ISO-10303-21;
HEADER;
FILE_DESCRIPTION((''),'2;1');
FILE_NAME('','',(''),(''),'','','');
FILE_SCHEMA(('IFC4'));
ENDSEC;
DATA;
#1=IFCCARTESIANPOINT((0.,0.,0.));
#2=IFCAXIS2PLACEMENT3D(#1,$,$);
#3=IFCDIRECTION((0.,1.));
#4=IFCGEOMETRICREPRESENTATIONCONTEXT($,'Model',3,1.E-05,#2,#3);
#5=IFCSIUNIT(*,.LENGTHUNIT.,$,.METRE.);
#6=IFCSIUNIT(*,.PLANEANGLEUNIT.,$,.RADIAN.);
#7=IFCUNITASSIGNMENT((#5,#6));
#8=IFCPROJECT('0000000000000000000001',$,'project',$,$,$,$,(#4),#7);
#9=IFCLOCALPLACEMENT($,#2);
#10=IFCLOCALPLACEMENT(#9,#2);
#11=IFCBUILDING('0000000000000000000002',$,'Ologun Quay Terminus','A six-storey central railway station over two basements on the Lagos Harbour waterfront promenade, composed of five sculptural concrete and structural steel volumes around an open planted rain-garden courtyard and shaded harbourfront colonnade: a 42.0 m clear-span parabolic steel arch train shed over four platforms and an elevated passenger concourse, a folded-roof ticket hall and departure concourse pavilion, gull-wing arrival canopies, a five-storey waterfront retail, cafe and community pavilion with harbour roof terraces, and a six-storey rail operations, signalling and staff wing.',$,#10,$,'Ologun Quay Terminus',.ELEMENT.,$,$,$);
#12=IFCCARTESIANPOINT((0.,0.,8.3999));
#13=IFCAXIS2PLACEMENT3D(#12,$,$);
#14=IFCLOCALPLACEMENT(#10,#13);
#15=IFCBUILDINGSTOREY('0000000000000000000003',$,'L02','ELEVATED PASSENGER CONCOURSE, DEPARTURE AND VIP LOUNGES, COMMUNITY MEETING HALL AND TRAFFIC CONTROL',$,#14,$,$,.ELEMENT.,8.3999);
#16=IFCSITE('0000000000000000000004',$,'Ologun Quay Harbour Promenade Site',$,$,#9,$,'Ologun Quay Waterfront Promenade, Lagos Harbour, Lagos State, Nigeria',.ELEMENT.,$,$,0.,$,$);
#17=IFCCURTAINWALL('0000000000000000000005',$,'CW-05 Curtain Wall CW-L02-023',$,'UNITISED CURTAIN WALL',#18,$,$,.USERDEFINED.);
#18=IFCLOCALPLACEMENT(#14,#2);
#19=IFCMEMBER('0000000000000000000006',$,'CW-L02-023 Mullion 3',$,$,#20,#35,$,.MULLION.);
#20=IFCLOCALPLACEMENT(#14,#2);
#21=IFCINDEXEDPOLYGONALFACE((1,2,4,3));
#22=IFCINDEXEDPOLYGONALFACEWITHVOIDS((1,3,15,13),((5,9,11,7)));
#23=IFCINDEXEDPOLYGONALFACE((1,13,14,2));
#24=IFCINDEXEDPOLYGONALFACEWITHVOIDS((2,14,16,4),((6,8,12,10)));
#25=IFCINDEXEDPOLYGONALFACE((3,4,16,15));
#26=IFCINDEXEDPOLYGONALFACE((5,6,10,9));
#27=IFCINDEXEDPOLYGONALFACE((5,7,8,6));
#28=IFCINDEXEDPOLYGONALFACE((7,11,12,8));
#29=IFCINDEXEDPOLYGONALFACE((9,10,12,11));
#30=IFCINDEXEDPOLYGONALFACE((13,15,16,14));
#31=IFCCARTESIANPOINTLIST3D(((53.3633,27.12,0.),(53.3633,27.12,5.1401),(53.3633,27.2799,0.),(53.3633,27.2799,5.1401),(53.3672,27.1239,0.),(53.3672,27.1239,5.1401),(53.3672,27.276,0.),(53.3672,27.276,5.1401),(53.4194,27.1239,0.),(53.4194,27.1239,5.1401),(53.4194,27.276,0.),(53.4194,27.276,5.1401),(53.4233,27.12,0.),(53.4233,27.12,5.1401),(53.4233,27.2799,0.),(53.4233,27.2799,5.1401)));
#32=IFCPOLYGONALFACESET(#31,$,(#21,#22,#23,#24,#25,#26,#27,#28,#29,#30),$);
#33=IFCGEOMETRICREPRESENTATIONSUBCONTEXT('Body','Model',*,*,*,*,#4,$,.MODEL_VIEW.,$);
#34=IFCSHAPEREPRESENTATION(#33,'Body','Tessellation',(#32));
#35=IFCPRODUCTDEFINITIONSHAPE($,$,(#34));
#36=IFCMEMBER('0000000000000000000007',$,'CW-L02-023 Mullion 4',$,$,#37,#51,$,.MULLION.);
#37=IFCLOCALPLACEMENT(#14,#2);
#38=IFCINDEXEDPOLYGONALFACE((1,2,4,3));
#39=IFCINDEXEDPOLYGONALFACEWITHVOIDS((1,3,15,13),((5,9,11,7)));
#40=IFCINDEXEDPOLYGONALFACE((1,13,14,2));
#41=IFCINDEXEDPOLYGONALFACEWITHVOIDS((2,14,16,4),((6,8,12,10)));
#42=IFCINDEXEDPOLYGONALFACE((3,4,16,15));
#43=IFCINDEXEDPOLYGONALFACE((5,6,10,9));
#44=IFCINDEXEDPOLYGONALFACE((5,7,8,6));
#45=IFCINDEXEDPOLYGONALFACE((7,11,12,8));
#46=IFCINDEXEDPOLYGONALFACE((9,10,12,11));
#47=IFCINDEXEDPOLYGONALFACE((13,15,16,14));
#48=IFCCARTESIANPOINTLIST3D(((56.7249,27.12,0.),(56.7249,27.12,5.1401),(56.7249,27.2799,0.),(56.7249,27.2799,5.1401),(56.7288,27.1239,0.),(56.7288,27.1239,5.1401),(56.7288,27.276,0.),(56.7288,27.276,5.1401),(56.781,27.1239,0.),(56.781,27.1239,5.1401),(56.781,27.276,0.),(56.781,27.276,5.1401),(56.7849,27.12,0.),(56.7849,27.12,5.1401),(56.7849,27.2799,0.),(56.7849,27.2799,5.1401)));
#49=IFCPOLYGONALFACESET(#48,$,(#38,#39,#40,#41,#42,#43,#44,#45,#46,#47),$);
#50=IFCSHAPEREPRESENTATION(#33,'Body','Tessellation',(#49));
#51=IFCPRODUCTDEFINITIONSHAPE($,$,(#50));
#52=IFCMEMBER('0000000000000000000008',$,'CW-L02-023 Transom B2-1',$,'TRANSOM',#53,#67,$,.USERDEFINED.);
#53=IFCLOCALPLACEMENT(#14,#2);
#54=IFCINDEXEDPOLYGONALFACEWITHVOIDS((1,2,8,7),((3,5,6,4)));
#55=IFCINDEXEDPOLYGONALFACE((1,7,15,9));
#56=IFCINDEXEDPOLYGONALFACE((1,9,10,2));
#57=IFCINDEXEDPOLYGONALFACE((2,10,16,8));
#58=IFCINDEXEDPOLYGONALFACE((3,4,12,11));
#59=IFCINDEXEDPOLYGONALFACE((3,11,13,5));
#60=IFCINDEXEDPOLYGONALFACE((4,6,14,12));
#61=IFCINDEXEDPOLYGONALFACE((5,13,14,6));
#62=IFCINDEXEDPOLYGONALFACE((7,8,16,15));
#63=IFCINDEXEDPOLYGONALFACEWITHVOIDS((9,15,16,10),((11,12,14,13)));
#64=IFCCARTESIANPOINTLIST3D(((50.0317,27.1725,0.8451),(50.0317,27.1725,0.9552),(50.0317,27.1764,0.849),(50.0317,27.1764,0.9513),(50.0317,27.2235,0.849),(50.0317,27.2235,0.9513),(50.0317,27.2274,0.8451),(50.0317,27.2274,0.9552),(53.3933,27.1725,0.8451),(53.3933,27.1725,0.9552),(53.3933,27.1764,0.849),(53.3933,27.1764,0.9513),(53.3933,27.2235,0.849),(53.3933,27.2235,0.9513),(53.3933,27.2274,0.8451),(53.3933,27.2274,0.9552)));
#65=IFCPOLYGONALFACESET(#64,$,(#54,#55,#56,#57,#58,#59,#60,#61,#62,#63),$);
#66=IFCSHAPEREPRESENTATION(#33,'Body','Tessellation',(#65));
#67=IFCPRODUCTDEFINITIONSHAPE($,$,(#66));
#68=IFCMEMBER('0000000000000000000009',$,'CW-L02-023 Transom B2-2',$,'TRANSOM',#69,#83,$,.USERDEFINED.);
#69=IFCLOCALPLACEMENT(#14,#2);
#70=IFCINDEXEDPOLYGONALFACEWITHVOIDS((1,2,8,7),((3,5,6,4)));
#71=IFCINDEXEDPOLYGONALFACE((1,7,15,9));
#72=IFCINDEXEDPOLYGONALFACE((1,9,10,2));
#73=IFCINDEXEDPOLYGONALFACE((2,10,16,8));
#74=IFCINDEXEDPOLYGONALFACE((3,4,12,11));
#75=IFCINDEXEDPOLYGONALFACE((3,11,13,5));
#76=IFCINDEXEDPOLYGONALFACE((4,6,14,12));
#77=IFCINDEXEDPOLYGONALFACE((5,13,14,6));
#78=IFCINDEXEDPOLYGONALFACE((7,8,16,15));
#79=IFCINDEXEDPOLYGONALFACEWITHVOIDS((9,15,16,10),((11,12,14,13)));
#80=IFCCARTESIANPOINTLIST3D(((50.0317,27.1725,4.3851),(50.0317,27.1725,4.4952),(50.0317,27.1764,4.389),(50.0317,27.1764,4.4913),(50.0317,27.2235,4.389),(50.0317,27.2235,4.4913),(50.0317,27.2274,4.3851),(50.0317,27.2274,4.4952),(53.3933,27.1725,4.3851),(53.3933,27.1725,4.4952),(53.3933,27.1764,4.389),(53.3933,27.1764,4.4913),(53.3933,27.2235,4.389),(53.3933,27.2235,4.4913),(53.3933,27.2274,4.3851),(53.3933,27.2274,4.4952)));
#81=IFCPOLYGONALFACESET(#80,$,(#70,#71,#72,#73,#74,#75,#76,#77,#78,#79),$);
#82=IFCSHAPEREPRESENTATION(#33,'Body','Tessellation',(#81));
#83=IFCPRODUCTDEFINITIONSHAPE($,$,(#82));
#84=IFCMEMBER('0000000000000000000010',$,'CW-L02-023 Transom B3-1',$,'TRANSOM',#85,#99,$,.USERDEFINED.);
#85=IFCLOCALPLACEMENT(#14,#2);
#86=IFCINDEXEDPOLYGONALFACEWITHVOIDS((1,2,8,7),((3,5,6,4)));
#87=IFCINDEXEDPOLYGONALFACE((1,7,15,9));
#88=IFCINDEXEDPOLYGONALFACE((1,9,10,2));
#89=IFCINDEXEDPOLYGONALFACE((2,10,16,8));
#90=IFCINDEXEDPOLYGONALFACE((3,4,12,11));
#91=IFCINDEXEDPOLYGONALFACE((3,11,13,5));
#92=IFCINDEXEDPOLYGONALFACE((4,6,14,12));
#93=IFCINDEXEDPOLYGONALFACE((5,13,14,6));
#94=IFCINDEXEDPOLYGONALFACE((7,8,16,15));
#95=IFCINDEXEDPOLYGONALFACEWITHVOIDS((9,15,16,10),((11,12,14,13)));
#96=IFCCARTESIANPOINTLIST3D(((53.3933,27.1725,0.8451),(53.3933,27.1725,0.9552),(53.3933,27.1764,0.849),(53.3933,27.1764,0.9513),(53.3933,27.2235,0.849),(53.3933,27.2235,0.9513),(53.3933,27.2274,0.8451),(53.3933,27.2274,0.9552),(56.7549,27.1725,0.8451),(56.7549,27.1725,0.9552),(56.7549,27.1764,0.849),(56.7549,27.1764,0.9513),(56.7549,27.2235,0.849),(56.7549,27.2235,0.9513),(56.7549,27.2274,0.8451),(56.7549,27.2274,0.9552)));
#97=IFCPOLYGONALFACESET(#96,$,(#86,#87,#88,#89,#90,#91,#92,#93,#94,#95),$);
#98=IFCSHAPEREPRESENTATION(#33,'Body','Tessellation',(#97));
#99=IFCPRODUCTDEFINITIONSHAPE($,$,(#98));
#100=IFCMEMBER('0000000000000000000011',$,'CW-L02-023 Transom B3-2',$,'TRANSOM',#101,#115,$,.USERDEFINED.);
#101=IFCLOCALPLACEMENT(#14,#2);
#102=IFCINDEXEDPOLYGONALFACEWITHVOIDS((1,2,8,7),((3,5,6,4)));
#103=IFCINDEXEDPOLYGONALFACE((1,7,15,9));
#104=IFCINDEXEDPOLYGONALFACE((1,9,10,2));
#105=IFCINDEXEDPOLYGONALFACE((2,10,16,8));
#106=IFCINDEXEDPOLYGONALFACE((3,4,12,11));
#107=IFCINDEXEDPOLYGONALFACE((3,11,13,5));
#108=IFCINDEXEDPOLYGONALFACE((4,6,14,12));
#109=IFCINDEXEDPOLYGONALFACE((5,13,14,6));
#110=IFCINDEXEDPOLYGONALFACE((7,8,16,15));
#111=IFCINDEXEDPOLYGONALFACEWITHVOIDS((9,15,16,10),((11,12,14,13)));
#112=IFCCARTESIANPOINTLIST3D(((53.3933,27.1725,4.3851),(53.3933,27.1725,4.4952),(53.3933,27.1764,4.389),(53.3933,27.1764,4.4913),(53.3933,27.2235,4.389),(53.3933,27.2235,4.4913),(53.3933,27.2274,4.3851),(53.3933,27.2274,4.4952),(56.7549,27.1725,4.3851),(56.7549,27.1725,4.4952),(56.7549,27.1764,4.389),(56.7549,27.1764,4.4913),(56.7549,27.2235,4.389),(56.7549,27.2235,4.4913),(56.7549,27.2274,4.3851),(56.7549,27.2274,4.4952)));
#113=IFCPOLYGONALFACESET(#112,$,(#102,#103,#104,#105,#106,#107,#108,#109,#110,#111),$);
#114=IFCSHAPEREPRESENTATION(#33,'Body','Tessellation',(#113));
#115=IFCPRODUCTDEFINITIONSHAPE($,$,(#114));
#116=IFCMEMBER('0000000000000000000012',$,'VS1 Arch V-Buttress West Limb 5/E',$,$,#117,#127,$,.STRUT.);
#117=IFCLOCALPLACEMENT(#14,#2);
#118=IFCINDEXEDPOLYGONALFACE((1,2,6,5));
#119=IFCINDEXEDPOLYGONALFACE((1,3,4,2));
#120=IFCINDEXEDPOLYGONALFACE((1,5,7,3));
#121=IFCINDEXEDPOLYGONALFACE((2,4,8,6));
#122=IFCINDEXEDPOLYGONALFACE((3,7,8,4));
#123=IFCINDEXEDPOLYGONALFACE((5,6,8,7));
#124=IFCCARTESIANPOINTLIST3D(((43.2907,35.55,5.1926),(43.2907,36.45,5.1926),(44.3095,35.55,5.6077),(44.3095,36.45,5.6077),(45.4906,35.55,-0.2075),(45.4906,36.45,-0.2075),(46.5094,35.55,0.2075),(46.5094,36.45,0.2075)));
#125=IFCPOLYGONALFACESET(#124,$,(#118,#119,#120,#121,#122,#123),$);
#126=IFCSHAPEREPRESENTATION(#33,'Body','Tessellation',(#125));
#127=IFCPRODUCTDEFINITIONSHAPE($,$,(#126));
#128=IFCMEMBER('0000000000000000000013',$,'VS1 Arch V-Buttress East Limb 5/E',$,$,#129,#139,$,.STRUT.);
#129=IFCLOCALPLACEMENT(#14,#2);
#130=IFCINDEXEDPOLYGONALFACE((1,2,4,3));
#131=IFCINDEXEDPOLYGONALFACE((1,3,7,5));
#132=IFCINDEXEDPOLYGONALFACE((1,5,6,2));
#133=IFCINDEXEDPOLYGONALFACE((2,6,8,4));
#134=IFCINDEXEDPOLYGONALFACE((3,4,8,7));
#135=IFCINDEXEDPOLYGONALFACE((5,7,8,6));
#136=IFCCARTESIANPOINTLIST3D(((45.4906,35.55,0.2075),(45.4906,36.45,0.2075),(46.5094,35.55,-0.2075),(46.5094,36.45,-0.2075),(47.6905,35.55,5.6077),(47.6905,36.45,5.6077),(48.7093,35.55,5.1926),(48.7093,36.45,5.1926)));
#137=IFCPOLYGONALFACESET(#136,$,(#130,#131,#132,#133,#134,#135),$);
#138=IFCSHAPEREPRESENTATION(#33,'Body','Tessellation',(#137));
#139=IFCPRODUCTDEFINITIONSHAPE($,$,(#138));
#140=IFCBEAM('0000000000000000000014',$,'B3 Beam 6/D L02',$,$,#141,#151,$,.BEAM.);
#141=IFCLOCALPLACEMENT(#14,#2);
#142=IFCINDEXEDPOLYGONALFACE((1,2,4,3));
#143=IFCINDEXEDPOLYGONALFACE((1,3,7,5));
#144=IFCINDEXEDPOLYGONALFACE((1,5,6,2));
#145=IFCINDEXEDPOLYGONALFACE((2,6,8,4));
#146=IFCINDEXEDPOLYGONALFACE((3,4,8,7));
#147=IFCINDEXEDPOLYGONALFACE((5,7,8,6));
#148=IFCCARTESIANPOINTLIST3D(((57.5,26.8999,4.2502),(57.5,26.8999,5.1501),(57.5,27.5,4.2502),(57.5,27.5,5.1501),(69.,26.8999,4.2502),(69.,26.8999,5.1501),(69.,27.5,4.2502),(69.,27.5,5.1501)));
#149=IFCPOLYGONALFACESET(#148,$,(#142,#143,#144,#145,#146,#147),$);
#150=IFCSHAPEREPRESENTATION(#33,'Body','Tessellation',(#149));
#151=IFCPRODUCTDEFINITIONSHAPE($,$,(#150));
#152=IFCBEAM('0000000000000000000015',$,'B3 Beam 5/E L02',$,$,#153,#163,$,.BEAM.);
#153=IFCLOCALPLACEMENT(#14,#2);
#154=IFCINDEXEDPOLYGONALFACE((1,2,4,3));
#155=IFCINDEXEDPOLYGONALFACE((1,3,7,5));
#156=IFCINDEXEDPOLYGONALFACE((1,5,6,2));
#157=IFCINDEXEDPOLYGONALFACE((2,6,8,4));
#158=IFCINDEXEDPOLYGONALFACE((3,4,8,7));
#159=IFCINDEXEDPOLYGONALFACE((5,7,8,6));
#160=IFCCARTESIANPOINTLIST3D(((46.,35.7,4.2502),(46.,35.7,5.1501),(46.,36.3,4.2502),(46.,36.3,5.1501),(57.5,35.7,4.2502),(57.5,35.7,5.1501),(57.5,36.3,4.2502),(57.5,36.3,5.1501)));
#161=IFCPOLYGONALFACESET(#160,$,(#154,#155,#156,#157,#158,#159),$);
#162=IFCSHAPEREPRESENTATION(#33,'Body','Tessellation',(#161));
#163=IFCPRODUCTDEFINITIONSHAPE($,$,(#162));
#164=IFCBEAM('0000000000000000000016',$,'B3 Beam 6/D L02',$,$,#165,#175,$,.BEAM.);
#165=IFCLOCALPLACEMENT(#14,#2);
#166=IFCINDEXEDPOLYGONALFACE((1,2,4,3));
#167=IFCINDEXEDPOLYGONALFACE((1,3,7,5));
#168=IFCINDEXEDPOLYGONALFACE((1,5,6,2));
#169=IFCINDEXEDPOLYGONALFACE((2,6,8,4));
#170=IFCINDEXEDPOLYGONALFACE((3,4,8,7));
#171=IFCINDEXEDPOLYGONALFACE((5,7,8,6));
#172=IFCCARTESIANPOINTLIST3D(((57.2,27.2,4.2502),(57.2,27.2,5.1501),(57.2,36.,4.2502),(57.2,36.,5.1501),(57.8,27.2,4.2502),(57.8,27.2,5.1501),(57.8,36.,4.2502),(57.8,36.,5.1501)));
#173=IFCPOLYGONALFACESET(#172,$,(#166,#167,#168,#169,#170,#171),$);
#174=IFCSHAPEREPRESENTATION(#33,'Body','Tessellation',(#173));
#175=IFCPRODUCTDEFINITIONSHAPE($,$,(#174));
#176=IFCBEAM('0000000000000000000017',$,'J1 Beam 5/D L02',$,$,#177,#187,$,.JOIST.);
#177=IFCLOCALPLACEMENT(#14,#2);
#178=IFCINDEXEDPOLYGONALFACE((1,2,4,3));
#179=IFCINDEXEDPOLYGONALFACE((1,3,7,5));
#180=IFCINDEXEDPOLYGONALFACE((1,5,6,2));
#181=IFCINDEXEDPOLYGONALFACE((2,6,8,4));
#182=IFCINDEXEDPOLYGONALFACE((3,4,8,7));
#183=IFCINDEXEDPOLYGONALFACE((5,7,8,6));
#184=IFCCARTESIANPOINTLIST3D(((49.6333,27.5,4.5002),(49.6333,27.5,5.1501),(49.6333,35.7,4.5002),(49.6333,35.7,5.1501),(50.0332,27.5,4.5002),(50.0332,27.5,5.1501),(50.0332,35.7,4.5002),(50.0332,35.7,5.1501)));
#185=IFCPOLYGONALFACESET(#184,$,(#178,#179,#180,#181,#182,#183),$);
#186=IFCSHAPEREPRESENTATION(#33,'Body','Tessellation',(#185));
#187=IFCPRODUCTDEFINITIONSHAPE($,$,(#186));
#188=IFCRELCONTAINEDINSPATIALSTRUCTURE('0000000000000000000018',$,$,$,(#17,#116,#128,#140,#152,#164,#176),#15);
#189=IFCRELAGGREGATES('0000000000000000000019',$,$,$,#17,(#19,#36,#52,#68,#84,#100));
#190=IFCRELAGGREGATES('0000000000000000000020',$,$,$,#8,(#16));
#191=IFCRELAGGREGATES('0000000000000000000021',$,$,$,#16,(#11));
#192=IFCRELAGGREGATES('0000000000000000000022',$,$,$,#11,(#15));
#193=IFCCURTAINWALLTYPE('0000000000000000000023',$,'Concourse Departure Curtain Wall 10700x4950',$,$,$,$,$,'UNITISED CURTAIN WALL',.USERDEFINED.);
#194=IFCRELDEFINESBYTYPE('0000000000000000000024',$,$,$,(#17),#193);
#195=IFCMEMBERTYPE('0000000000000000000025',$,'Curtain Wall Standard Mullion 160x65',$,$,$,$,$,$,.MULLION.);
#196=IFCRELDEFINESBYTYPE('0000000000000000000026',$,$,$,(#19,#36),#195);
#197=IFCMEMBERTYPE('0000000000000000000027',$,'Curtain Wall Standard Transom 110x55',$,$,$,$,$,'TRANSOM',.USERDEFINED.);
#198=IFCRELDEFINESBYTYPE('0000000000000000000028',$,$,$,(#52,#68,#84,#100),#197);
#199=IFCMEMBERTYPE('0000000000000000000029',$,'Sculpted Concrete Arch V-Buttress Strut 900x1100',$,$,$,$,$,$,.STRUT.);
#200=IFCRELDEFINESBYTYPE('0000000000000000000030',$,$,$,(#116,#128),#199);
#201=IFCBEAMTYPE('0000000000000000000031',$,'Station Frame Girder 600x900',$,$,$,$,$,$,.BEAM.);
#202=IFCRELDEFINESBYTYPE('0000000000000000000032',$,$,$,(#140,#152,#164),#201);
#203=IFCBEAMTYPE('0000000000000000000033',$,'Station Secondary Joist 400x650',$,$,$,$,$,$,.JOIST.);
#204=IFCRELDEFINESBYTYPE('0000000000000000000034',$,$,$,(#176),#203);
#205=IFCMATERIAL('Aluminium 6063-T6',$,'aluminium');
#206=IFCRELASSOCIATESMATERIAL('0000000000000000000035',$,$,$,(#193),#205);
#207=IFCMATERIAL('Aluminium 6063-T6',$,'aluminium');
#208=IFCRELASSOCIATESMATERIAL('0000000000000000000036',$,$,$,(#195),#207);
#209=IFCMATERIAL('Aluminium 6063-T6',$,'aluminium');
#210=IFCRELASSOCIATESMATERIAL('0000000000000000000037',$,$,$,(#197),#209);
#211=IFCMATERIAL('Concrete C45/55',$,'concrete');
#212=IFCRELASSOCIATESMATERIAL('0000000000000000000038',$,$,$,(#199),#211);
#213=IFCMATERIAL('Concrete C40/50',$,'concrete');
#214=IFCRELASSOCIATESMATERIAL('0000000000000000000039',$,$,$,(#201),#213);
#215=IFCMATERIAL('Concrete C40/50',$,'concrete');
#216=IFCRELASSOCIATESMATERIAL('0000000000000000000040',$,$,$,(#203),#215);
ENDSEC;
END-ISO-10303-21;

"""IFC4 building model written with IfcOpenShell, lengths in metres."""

from ifc_helpers import new_model, si_unit, direction, frame, origin, origin_2d, place, context, subcontext, project, spatial, rectangle, hollow_rectangle, extrude, material, material_profile, profile_set, type_object, element, aggregate, save


model = new_model("IFC4")

# Units and contexts
model_context = context("Model", 3, precision=1e-05, world=origin(), true_north=direction((0.0, 1.0)))
body_context = subcontext(model_context, "Body", "Model", "MODEL_VIEW")
ifc_project = project(units=[si_unit("LENGTHUNIT", "METRE"), si_unit("PLANEANGLEUNIT", "RADIAN")], contexts=[model_context])

# Site, building, storey
site_placement = place(None, origin())
site = spatial("IfcSite", under=ifc_project, at=site_placement, Name="Ologun Quay Harbour Promenade Site", LongName="Ologun Quay Waterfront Promenade, Lagos Harbour, Lagos State, Nigeria", CompositionType="ELEMENT", RefElevation=0.0)
building_placement = place(site_placement, origin())
building = spatial("IfcBuilding", under=site, at=building_placement, Name="Ologun Quay Terminus", Description="A six-storey central railway station over two basements on the Lagos Harbour waterfront promenade, composed of five sculptural concrete and structural steel volumes around an open planted rain-garden courtyard and shaded harbourfront colonnade: a 42.0 m clear-span parabolic steel arch train shed over four platforms and an elevated passenger concourse, a folded-roof ticket hall and departure concourse pavilion, gull-wing arrival canopies, a five-storey waterfront retail, cafe and community pavilion with harbour roof terraces, and a six-storey rail operations, signalling and staff wing.", LongName="Ologun Quay Terminus", CompositionType="ELEMENT")
storey_placement = place(building_placement, frame((0.0, 0.0, 8.3999)))
storey = spatial("IfcBuildingStorey", under=building, at=storey_placement, Name="L02", Description="ELEVATED PASSENGER CONCOURSE, DEPARTURE AND VIP LOUNGES, COMMUNITY MEETING HALL AND TRAFFIC CONTROL", CompositionType="ELEMENT", Elevation=8.3999)

# Curtain wall, members
ifc_material_1 = material(Name="Aluminium 6063-T6", Category="aluminium")
curtain_wall_type_1 = type_object("IfcCurtainWallType", Name="Concourse Departure Curtain Wall 10700x4950", ElementType="UNITISED CURTAIN WALL", PredefinedType="USERDEFINED", material=ifc_material_1)
curtain_wall_1_placement = place(storey_placement, origin())
curtain_wall_1 = element("IfcCurtainWall", 1, at=curtain_wall_1_placement, inside=storey, type_object=curtain_wall_type_1, Name="CW-05 Curtain Wall CW-L02-023", ObjectType="UNITISED CURTAIN WALL", PredefinedType="USERDEFINED")
ifc_material_2 = material(Name="Aluminium 6063-T6", Category="aluminium")
ifc_material_profile_1 = material_profile(ifc_material_2, hollow_rectangle(XDim=0.0601, YDim=0.1599, WallThickness=0.0039, at=origin_2d()), Name="ALU 160x60x4")
ifc_profile_set_1 = profile_set([ifc_material_profile_1], Name="Aluminium 6063-T6")
member_type_1 = type_object("IfcMemberType", Name="Curtain Wall Standard Mullion 160x65", PredefinedType="MULLION", material=ifc_profile_set_1)
member_1_placement = place(storey_placement, frame((53.3933, 27.2, 0.0), z_axis=(0.0, 0.0, 1.0), x_axis=(1.0, 0.0, 0.0)))
member_1 = element("IfcMember", 2, at=member_1_placement, type_object=member_type_1, Name="CW-L02-023 Mullion 3", PredefinedType="MULLION", context=body_context, shape_type="SweptSolid", body=[
    extrude(hollow_rectangle(XDim=0.0601, YDim=0.1599, WallThickness=0.0039, at=origin_2d()), origin(), (0.0, 0.0, 1.0), 5.1401),
])
member_2_placement = place(storey_placement, frame((56.7549, 27.2, 0.0), z_axis=(0.0, 0.0, 1.0), x_axis=(1.0, 0.0, 0.0)))
member_2 = element("IfcMember", 3, at=member_2_placement, type_object=member_type_1, Name="CW-L02-023 Mullion 4", PredefinedType="MULLION", context=body_context, shape_type="SweptSolid", body=[
    extrude(hollow_rectangle(XDim=0.0601, YDim=0.1599, WallThickness=0.0039, at=origin_2d()), origin(), (0.0, 0.0, 1.0), 5.1401),
])
ifc_material_3 = material(Name="Aluminium 6063-T6", Category="aluminium")
ifc_material_profile_2 = material_profile(ifc_material_3, hollow_rectangle(XDim=0.0549, YDim=0.1101, WallThickness=0.0039, at=origin_2d()), Name="ALU 110x55x4")
ifc_profile_set_2 = profile_set([ifc_material_profile_2], Name="Aluminium 6063-T6")
member_type_2 = type_object("IfcMemberType", Name="Curtain Wall Standard Transom 110x55", ElementType="TRANSOM", PredefinedType="USERDEFINED", material=ifc_profile_set_2)
member_3_placement = place(storey_placement, frame((50.0317, 27.2, 0.9001), z_axis=(1.0, 0.0, 0.0), x_axis=(0.0, 1.0, 0.0)))
member_3 = element("IfcMember", 4, at=member_3_placement, type_object=member_type_2, Name="CW-L02-023 Transom B2-1", ObjectType="TRANSOM", PredefinedType="USERDEFINED", context=body_context, shape_type="SweptSolid", body=[
    extrude(hollow_rectangle(XDim=0.0549, YDim=0.1101, WallThickness=0.0039, at=origin_2d()), origin(), (0.0, 0.0, 1.0), 3.3616),
])
member_4_placement = place(storey_placement, frame((50.0317, 27.2, 4.4402), z_axis=(1.0, 0.0, 0.0), x_axis=(0.0, 1.0, 0.0)))
member_4 = element("IfcMember", 5, at=member_4_placement, type_object=member_type_2, Name="CW-L02-023 Transom B2-2", ObjectType="TRANSOM", PredefinedType="USERDEFINED", context=body_context, shape_type="SweptSolid", body=[
    extrude(hollow_rectangle(XDim=0.0549, YDim=0.1101, WallThickness=0.0039, at=origin_2d()), origin(), (0.0, 0.0, 1.0), 3.3616),
])
member_5_placement = place(storey_placement, frame((53.3933, 27.2, 0.9001), z_axis=(1.0, 0.0, 0.0), x_axis=(0.0, 1.0, 0.0)))
member_5 = element("IfcMember", 6, at=member_5_placement, type_object=member_type_2, Name="CW-L02-023 Transom B3-1", ObjectType="TRANSOM", PredefinedType="USERDEFINED", context=body_context, shape_type="SweptSolid", body=[
    extrude(hollow_rectangle(XDim=0.0549, YDim=0.1101, WallThickness=0.0039, at=origin_2d()), origin(), (0.0, 0.0, 1.0), 3.3616),
])
member_6_placement = place(storey_placement, frame((53.3933, 27.2, 4.4402), z_axis=(1.0, 0.0, 0.0), x_axis=(0.0, 1.0, 0.0)))
member_6 = element("IfcMember", 7, at=member_6_placement, type_object=member_type_2, Name="CW-L02-023 Transom B3-2", ObjectType="TRANSOM", PredefinedType="USERDEFINED", context=body_context, shape_type="SweptSolid", body=[
    extrude(hollow_rectangle(XDim=0.0549, YDim=0.1101, WallThickness=0.0039, at=origin_2d()), origin(), (0.0, 0.0, 1.0), 3.3616),
])

# Members
ifc_material_4 = material(Name="Concrete C45/55", Category="concrete")
ifc_material_profile_3 = material_profile(ifc_material_4, rectangle(XDim=0.8999, YDim=1.1001, at=origin_2d()), Name="RC 900x1100")
ifc_profile_set_3 = profile_set([ifc_material_profile_3], Name="Concrete C45/55")
member_type_3 = type_object("IfcMemberType", Name="Sculpted Concrete Arch V-Buttress Strut 900x1100", PredefinedType="STRUT", material=ifc_profile_set_3)
for number, where, z_axis, x_axis, name in (
    (8, (46.0, 36.0, 0.0), (-0.377281, 0.0, 0.926099), (0.0, -1.0, 0.0), "VS1 Arch V-Buttress West Limb 5/E"),
    (9, (46.0, 36.0, 0.0), (0.377281, 0.0, 0.926099), (0.0, 1.0, 0.0), "VS1 Arch V-Buttress East Limb 5/E"),
):
    element("IfcMember", number, at=place(storey_placement, frame(where, z_axis=z_axis, x_axis=x_axis)), inside=storey, type_object=member_type_3, Name=name, PredefinedType="STRUT", context=body_context, shape_type="SweptSolid", body=[
        extrude(rectangle(XDim=0.8999, YDim=1.1001, at=origin_2d()), origin(), (0.0, 0.0, 1.0), 5.8311),
    ])

# Beams
ifc_material_5 = material(Name="Concrete C40/50", Category="concrete")
ifc_material_profile_4 = material_profile(ifc_material_5, rectangle(XDim=0.6001, YDim=0.8999, at=origin_2d()), Name="RC 600x900")
ifc_profile_set_4 = profile_set([ifc_material_profile_4], Name="Concrete C40/50")
beam_type_1 = type_object("IfcBeamType", Name="Station Frame Girder 600x900", PredefinedType="BEAM", material=ifc_profile_set_4)
for number, where, z_axis, x_axis, name in (
    (10, (57.5, 27.2, 4.7002), (1.0, 0.0, 0.0), (0.0, 1.0, 0.0), "B3 Beam 6/D L02"),
    (11, (46.0, 36.0, 4.7002), (1.0, 0.0, 0.0), (0.0, 1.0, 0.0), "B3 Beam 5/E L02"),
):
    element("IfcBeam", number, at=place(storey_placement, frame(where, z_axis=z_axis, x_axis=x_axis)), inside=storey, type_object=beam_type_1, Name=name, PredefinedType="BEAM", context=body_context, shape_type="SweptSolid", body=[
        extrude(rectangle(XDim=0.6001, YDim=0.8999, at=origin_2d()), origin(), (0.0, 0.0, 1.0), 11.5),
    ])
beam_placement = place(storey_placement, frame((57.5, 27.2, 4.7002), z_axis=(0.0, 1.0, 0.0), x_axis=(-1.0, 0.0, 0.0)))
element("IfcBeam", 12, at=beam_placement, inside=storey, type_object=beam_type_1, Name="B3 Beam 6/D L02", PredefinedType="BEAM", context=body_context, shape_type="SweptSolid", body=[
    extrude(rectangle(XDim=0.6001, YDim=0.8999, at=origin_2d()), origin(), (0.0, 0.0, 1.0), 8.8),
])
ifc_material_6 = material(Name="Concrete C40/50", Category="concrete")
ifc_material_profile_5 = material_profile(ifc_material_6, rectangle(XDim=0.3999, YDim=0.6499, at=origin_2d()), Name="RC 400x650")
ifc_profile_set_5 = profile_set([ifc_material_profile_5], Name="Concrete C40/50")
beam_type_2 = type_object("IfcBeamType", Name="Station Secondary Joist 400x650", PredefinedType="JOIST", material=ifc_profile_set_5)
for number, where, z_axis, x_axis, name in (
    (13, (49.8333, 27.5, 4.8252), (0.0, 1.0, 0.0), (-1.0, 0.0, 0.0), "J1 Beam 5/D L02"),
):
    element("IfcBeam", number, at=place(storey_placement, frame(where, z_axis=z_axis, x_axis=x_axis)), inside=storey, type_object=beam_type_2, Name=name, PredefinedType="JOIST", context=body_context, shape_type="SweptSolid", body=[
        extrude(rectangle(XDim=0.3999, YDim=0.6499, at=origin_2d()), origin(), (0.0, 0.0, 1.0), 8.2),
    ])

aggregate(curtain_wall_1, [member_1, member_2, member_3, member_4, member_5, member_6])

save(model, "model.ifc")
